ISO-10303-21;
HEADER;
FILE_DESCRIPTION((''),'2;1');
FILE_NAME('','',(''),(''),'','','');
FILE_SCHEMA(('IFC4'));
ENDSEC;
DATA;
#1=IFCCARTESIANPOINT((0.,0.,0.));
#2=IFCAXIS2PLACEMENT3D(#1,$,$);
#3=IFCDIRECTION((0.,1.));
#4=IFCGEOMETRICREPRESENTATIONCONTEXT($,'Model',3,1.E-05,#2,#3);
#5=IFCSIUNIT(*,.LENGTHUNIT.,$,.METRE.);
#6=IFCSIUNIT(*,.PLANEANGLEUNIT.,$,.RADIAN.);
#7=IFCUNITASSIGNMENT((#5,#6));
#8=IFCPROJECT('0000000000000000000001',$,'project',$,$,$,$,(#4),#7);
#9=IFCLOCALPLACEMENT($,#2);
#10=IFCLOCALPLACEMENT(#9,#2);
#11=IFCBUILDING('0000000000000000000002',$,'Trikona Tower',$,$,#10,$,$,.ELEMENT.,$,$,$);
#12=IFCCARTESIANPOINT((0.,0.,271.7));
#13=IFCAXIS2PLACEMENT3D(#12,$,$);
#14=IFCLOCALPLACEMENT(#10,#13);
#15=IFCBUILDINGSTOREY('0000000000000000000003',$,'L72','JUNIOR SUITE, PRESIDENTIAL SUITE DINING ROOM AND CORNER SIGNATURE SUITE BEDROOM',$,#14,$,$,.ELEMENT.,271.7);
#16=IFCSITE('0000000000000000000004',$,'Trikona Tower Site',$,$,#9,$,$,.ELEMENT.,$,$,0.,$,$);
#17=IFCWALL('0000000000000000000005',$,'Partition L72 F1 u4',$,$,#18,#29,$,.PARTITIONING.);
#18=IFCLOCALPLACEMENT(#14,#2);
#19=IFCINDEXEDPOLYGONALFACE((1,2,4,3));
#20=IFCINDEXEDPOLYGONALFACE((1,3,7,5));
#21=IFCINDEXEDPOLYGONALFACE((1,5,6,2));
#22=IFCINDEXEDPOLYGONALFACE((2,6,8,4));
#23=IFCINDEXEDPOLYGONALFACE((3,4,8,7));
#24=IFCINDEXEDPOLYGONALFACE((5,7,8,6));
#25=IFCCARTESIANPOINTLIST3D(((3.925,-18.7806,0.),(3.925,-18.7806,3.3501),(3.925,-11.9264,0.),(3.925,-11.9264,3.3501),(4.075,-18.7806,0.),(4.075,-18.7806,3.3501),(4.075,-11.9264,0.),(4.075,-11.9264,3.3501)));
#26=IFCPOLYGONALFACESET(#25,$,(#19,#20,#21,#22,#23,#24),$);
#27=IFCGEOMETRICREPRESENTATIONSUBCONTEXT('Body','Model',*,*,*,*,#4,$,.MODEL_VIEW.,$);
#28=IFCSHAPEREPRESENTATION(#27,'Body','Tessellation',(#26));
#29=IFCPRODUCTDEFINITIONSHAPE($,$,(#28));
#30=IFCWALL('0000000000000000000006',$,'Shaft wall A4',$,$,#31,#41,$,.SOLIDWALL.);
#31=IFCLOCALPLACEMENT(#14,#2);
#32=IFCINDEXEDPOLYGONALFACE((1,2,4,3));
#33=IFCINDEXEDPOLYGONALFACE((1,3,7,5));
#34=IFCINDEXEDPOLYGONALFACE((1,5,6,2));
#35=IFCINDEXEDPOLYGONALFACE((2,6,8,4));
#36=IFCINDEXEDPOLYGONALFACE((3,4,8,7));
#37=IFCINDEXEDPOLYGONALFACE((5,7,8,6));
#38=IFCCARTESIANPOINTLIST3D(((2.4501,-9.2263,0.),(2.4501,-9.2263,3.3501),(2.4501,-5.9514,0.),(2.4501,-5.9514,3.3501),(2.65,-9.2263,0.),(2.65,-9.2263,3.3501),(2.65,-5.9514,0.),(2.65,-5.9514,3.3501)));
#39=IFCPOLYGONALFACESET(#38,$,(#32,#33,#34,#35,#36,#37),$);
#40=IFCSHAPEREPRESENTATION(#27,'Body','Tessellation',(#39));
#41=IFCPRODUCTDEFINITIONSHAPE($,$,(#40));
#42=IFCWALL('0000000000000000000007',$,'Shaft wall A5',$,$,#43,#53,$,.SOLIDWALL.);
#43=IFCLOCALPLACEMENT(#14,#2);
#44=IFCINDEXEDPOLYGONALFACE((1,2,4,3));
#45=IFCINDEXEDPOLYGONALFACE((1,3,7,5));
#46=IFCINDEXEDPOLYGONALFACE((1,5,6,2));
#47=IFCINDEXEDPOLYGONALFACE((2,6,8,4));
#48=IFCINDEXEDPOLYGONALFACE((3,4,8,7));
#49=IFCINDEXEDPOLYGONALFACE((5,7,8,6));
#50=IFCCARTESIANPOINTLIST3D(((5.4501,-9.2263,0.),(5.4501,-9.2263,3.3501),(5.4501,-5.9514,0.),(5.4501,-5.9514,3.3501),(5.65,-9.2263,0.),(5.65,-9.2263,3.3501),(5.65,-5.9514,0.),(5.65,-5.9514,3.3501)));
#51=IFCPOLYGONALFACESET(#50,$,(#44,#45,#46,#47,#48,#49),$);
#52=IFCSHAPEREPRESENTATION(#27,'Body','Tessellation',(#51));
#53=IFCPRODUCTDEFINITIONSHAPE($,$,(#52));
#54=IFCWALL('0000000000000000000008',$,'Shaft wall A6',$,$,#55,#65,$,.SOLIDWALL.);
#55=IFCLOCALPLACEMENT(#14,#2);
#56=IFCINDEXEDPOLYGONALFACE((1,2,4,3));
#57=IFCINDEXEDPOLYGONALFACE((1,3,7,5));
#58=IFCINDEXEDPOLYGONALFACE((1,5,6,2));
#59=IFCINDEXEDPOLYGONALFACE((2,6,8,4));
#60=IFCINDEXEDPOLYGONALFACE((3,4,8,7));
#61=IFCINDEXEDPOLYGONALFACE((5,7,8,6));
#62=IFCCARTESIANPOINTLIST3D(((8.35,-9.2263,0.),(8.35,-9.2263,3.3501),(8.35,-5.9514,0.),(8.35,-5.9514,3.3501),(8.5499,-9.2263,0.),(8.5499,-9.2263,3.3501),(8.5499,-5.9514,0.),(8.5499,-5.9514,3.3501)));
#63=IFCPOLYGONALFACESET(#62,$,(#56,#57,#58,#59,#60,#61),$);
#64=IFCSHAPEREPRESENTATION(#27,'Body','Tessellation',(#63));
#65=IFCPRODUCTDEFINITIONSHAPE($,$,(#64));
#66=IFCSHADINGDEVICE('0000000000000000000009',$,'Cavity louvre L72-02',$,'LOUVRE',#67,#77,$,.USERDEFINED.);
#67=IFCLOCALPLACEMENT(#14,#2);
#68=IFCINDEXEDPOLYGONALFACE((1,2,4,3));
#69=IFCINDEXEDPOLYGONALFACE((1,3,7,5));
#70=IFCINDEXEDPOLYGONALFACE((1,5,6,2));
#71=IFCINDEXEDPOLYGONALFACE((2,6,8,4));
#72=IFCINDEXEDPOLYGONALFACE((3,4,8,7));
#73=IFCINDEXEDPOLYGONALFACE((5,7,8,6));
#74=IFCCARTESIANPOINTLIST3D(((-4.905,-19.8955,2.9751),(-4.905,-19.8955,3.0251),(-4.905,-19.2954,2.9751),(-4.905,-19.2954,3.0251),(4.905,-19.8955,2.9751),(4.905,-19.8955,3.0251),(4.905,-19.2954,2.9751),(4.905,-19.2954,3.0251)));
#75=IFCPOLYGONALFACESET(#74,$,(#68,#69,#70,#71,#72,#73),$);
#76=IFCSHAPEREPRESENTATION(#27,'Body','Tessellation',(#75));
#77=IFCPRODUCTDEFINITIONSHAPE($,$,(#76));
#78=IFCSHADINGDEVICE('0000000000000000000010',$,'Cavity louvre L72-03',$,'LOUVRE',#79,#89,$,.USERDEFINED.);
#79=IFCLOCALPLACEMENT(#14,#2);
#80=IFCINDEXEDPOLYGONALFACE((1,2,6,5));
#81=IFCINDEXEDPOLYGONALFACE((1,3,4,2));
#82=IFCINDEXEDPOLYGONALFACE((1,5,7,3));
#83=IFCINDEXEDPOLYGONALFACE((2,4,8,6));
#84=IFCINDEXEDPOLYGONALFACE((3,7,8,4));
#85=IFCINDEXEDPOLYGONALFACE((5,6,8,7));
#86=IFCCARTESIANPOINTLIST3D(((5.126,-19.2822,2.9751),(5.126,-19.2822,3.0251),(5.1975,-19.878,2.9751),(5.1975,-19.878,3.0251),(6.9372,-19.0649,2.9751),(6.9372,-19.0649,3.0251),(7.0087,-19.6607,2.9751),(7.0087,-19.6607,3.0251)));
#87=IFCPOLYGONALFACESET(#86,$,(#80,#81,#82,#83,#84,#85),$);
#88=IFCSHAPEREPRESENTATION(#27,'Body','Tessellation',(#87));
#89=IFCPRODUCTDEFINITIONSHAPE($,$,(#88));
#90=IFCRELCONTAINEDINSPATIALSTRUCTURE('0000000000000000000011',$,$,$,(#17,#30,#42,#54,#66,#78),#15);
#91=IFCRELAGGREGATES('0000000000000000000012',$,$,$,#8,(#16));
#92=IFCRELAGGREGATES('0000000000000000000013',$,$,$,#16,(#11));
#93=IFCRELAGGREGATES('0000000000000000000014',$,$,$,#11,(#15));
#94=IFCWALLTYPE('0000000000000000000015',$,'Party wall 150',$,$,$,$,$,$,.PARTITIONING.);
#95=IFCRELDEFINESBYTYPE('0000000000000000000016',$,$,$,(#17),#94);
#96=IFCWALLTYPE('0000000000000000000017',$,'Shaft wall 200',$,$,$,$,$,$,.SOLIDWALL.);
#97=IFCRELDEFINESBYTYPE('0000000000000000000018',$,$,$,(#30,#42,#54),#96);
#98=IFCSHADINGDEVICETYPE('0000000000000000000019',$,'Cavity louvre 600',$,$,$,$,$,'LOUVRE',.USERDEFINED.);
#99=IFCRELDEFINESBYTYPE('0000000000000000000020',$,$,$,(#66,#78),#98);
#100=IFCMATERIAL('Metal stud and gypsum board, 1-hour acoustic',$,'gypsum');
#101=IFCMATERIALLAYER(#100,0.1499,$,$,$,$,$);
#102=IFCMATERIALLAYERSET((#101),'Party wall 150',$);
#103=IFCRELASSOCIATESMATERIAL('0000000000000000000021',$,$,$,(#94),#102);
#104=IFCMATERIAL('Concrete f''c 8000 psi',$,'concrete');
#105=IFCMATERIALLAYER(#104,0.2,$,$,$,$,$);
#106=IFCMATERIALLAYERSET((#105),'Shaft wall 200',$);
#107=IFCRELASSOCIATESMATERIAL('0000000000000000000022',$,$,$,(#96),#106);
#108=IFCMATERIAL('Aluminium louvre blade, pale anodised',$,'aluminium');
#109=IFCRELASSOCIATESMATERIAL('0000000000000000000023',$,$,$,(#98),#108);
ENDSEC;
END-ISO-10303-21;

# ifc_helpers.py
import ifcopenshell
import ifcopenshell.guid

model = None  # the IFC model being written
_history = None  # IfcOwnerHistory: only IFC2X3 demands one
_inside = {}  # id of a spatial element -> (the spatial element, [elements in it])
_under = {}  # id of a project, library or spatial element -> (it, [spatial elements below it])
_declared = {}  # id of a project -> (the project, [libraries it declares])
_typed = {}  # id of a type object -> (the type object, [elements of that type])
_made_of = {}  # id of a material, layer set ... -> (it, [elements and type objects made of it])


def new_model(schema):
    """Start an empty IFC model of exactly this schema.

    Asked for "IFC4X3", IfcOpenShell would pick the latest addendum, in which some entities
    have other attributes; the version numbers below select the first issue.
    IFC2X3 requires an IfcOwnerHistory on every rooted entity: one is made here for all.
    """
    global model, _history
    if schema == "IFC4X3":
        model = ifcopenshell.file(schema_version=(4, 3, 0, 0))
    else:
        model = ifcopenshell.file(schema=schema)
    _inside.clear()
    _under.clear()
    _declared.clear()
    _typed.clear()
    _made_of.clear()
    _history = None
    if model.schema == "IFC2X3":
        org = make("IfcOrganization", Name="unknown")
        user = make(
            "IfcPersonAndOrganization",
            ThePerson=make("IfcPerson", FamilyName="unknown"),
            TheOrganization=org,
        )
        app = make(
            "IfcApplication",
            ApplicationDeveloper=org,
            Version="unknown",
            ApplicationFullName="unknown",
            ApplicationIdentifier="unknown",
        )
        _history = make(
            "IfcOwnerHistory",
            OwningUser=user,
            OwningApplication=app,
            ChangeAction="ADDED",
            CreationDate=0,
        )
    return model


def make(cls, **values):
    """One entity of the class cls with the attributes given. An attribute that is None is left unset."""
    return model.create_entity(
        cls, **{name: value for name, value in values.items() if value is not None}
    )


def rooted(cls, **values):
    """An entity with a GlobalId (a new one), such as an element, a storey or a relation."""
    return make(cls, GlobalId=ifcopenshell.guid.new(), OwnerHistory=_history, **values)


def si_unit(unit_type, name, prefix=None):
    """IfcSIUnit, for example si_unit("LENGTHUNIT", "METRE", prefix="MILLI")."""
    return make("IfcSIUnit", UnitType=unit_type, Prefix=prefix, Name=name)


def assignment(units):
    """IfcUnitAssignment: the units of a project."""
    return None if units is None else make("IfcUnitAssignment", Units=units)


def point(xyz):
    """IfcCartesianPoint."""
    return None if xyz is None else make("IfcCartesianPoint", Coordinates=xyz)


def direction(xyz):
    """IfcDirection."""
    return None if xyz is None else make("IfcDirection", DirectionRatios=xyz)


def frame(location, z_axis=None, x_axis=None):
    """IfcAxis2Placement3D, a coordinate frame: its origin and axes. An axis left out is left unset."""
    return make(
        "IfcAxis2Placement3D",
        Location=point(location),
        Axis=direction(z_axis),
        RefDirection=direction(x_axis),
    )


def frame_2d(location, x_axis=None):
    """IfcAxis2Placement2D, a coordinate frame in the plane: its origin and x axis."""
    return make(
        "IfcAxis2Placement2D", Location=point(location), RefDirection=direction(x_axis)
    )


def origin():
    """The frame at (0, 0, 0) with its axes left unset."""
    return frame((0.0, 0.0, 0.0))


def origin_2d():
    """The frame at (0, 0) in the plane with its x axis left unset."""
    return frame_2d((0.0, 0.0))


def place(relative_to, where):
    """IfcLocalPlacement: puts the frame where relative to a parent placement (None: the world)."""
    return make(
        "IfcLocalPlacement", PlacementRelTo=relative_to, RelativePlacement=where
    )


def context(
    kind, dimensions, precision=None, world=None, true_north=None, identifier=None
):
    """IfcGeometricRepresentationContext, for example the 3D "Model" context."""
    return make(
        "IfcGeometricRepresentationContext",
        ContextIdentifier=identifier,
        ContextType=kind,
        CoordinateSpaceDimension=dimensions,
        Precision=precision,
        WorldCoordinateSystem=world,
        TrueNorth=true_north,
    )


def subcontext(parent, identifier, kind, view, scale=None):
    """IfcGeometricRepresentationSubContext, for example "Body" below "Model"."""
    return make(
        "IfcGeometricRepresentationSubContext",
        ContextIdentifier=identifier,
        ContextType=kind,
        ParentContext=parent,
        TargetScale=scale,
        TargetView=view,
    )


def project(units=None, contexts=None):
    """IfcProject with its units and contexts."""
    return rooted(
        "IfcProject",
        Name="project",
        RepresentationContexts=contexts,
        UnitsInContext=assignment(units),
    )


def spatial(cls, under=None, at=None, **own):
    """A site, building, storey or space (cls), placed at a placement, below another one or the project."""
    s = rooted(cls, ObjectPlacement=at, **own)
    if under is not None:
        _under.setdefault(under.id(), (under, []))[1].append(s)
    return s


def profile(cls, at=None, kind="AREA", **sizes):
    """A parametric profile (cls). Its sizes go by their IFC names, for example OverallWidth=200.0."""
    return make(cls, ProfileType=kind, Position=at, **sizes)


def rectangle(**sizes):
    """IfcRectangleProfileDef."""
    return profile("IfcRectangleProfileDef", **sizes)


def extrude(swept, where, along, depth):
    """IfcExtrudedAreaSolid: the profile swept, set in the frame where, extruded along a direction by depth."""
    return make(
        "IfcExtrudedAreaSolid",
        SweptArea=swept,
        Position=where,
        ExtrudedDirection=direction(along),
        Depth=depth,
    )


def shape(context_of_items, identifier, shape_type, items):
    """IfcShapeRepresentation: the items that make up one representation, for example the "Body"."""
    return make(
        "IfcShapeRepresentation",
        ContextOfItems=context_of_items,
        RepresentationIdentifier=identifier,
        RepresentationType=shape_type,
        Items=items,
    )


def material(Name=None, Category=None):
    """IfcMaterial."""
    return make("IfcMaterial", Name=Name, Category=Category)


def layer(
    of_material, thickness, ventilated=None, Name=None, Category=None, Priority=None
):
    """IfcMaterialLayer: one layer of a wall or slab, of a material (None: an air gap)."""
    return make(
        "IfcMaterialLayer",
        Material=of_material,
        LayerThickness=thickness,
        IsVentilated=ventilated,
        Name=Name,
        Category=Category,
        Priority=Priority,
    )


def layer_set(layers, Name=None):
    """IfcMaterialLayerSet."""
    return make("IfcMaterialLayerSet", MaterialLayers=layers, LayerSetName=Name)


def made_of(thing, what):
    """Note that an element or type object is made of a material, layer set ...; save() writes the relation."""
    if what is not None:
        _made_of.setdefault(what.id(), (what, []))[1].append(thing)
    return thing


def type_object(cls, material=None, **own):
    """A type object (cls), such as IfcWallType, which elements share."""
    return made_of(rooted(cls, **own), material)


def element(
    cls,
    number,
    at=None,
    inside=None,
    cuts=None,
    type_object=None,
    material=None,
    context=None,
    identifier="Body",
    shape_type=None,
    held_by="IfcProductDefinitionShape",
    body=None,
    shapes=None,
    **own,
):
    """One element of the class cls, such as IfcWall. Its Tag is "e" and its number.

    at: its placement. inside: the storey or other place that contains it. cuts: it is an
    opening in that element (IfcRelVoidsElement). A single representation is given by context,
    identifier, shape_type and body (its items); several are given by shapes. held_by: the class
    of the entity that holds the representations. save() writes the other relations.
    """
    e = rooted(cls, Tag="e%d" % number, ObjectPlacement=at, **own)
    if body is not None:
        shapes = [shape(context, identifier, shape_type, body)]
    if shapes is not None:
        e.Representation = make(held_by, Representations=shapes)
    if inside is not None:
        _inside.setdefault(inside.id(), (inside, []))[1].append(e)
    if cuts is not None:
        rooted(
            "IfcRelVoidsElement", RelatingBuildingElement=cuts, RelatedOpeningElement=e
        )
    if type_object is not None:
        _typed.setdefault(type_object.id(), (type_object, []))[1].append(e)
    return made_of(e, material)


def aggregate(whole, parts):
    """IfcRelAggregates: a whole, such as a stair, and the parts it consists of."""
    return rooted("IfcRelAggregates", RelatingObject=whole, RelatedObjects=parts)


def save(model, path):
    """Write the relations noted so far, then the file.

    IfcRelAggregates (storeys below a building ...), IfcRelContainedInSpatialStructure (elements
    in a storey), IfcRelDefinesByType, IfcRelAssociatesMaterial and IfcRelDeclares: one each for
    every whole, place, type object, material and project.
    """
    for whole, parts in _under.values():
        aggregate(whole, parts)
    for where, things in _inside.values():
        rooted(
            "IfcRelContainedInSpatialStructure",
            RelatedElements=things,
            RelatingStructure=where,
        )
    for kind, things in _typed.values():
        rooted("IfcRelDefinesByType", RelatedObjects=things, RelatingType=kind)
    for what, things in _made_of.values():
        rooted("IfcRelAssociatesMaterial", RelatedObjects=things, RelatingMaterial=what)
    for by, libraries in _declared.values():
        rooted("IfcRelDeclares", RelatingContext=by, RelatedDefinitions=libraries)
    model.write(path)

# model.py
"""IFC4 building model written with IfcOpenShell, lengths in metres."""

from ifc_helpers import new_model, si_unit, direction, frame, frame_2d, origin, origin_2d, place, context, subcontext, project, spatial, rectangle, extrude, material, layer, layer_set, type_object, element, save


model = new_model("IFC4")

# Units and contexts
model_context = context("Model", 3, precision=1e-05, world=origin(), true_north=direction((0.0, 1.0)))
body_context = subcontext(model_context, "Body", "Model", "MODEL_VIEW")
ifc_project = project(units=[si_unit("LENGTHUNIT", "METRE"), si_unit("PLANEANGLEUNIT", "RADIAN")], contexts=[model_context])

# Site, building, storey
site_placement = place(None, origin())
site = spatial("IfcSite", under=ifc_project, at=site_placement, Name="Trikona Tower Site", CompositionType="ELEMENT", RefElevation=0.0)
building_placement = place(site_placement, origin())
building = spatial("IfcBuilding", under=site, at=building_placement, Name="Trikona Tower", CompositionType="ELEMENT")
storey_placement = place(building_placement, frame((0.0, 0.0, 271.7)))
storey = spatial("IfcBuildingStorey", under=building, at=storey_placement, Name="L72", Description="JUNIOR SUITE, PRESIDENTIAL SUITE DINING ROOM AND CORNER SIGNATURE SUITE BEDROOM", CompositionType="ELEMENT", Elevation=271.7)

# Walls
ifc_material_1 = material(Name="Metal stud and gypsum board, 1-hour acoustic", Category="gypsum")
ifc_layer_1 = layer(ifc_material_1, 0.1499)
ifc_layer_set_1 = layer_set([ifc_layer_1], Name="Party wall 150")
wall_type_1 = type_object("IfcWallType", Name="Party wall 150", PredefinedType="PARTITIONING", material=ifc_layer_set_1)
wall_1_placement = place(storey_placement, frame((4.0, -11.9263, 0.0), z_axis=(0.0, 0.0, 1.0), x_axis=(0.0, -1.0, 0.0)))
element("IfcWall", 1, at=wall_1_placement, inside=storey, type_object=wall_type_1, Name="Partition L72 F1 u4", PredefinedType="PARTITIONING", context=body_context, shape_type="SweptSolid", body=[
    extrude(rectangle(XDim=6.8542, YDim=0.1499, at=frame_2d((3.4272, 0.0))), origin(), (0.0, 0.0, 1.0), 3.3501),
])
ifc_material_2 = material(Name="Concrete f'c 8000 psi", Category="concrete")
ifc_layer_2 = layer(ifc_material_2, 0.2)
ifc_layer_set_2 = layer_set([ifc_layer_2], Name="Shaft wall 200")
wall_type_2 = type_object("IfcWallType", Name="Shaft wall 200", PredefinedType="SOLIDWALL", material=ifc_layer_set_2)
for number, where, z_axis, x_axis, name in (
    (2, (2.55, -5.9514, 0.0), (0.0, 0.0, 1.0), (0.0, -1.0, 0.0), "Shaft wall A4"),
    (3, (5.55, -5.9514, 0.0), (0.0, 0.0, 1.0), (0.0, -1.0, 0.0), "Shaft wall A5"),
    (4, (8.45, -5.9514, 0.0), (0.0, 0.0, 1.0), (0.0, -1.0, 0.0), "Shaft wall A6"),
):
    element("IfcWall", number, at=place(storey_placement, frame(where, z_axis=z_axis, x_axis=x_axis)), inside=storey, type_object=wall_type_2, Name=name, PredefinedType="SOLIDWALL", context=body_context, shape_type="SweptSolid", body=[
        extrude(rectangle(XDim=3.2749, YDim=0.2, at=frame_2d((1.6375, 0.0))), origin(), (0.0, 0.0, 1.0), 3.3501),
    ])

# Shading devices
ifc_material_3 = material(Name="Aluminium louvre blade, pale anodised", Category="aluminium")
shading_device_type = type_object("IfcShadingDeviceType", Name="Cavity louvre 600", ElementType="LOUVRE", PredefinedType="USERDEFINED", material=ifc_material_3)
shading_device_1_placement = place(storey_placement, frame((0.0, -19.5955, 2.9751), z_axis=(0.0, 0.0, 1.0), x_axis=(1.0, 0.0, 0.0)))
element("IfcShadingDevice", 5, at=shading_device_1_placement, inside=storey, type_object=shading_device_type, Name="Cavity louvre L72-02", ObjectType="LOUVRE", PredefinedType="USERDEFINED", context=body_context, shape_type="SweptSolid", body=[
    extrude(rectangle(XDim=9.8101, YDim=0.6001, at=origin_2d()), origin(), (0.0, 0.0, 1.0), 0.05),
])
shading_device_2_placement = place(storey_placement, frame((6.0674, -19.4714, 2.9751), z_axis=(0.0, 0.0, 1.0), x_axis=(0.992877, 0.119146, 0.0)))
element("IfcShadingDevice", 6, at=shading_device_2_placement, inside=storey, type_object=shading_device_type, Name="Cavity louvre L72-03", ObjectType="LOUVRE", PredefinedType="USERDEFINED", context=body_context, shape_type="SweptSolid", body=[
    extrude(rectangle(XDim=1.8242, YDim=0.6001, at=origin_2d()), origin(), (0.0, 0.0, 1.0), 0.05),
])

save(model, "model.ifc")
